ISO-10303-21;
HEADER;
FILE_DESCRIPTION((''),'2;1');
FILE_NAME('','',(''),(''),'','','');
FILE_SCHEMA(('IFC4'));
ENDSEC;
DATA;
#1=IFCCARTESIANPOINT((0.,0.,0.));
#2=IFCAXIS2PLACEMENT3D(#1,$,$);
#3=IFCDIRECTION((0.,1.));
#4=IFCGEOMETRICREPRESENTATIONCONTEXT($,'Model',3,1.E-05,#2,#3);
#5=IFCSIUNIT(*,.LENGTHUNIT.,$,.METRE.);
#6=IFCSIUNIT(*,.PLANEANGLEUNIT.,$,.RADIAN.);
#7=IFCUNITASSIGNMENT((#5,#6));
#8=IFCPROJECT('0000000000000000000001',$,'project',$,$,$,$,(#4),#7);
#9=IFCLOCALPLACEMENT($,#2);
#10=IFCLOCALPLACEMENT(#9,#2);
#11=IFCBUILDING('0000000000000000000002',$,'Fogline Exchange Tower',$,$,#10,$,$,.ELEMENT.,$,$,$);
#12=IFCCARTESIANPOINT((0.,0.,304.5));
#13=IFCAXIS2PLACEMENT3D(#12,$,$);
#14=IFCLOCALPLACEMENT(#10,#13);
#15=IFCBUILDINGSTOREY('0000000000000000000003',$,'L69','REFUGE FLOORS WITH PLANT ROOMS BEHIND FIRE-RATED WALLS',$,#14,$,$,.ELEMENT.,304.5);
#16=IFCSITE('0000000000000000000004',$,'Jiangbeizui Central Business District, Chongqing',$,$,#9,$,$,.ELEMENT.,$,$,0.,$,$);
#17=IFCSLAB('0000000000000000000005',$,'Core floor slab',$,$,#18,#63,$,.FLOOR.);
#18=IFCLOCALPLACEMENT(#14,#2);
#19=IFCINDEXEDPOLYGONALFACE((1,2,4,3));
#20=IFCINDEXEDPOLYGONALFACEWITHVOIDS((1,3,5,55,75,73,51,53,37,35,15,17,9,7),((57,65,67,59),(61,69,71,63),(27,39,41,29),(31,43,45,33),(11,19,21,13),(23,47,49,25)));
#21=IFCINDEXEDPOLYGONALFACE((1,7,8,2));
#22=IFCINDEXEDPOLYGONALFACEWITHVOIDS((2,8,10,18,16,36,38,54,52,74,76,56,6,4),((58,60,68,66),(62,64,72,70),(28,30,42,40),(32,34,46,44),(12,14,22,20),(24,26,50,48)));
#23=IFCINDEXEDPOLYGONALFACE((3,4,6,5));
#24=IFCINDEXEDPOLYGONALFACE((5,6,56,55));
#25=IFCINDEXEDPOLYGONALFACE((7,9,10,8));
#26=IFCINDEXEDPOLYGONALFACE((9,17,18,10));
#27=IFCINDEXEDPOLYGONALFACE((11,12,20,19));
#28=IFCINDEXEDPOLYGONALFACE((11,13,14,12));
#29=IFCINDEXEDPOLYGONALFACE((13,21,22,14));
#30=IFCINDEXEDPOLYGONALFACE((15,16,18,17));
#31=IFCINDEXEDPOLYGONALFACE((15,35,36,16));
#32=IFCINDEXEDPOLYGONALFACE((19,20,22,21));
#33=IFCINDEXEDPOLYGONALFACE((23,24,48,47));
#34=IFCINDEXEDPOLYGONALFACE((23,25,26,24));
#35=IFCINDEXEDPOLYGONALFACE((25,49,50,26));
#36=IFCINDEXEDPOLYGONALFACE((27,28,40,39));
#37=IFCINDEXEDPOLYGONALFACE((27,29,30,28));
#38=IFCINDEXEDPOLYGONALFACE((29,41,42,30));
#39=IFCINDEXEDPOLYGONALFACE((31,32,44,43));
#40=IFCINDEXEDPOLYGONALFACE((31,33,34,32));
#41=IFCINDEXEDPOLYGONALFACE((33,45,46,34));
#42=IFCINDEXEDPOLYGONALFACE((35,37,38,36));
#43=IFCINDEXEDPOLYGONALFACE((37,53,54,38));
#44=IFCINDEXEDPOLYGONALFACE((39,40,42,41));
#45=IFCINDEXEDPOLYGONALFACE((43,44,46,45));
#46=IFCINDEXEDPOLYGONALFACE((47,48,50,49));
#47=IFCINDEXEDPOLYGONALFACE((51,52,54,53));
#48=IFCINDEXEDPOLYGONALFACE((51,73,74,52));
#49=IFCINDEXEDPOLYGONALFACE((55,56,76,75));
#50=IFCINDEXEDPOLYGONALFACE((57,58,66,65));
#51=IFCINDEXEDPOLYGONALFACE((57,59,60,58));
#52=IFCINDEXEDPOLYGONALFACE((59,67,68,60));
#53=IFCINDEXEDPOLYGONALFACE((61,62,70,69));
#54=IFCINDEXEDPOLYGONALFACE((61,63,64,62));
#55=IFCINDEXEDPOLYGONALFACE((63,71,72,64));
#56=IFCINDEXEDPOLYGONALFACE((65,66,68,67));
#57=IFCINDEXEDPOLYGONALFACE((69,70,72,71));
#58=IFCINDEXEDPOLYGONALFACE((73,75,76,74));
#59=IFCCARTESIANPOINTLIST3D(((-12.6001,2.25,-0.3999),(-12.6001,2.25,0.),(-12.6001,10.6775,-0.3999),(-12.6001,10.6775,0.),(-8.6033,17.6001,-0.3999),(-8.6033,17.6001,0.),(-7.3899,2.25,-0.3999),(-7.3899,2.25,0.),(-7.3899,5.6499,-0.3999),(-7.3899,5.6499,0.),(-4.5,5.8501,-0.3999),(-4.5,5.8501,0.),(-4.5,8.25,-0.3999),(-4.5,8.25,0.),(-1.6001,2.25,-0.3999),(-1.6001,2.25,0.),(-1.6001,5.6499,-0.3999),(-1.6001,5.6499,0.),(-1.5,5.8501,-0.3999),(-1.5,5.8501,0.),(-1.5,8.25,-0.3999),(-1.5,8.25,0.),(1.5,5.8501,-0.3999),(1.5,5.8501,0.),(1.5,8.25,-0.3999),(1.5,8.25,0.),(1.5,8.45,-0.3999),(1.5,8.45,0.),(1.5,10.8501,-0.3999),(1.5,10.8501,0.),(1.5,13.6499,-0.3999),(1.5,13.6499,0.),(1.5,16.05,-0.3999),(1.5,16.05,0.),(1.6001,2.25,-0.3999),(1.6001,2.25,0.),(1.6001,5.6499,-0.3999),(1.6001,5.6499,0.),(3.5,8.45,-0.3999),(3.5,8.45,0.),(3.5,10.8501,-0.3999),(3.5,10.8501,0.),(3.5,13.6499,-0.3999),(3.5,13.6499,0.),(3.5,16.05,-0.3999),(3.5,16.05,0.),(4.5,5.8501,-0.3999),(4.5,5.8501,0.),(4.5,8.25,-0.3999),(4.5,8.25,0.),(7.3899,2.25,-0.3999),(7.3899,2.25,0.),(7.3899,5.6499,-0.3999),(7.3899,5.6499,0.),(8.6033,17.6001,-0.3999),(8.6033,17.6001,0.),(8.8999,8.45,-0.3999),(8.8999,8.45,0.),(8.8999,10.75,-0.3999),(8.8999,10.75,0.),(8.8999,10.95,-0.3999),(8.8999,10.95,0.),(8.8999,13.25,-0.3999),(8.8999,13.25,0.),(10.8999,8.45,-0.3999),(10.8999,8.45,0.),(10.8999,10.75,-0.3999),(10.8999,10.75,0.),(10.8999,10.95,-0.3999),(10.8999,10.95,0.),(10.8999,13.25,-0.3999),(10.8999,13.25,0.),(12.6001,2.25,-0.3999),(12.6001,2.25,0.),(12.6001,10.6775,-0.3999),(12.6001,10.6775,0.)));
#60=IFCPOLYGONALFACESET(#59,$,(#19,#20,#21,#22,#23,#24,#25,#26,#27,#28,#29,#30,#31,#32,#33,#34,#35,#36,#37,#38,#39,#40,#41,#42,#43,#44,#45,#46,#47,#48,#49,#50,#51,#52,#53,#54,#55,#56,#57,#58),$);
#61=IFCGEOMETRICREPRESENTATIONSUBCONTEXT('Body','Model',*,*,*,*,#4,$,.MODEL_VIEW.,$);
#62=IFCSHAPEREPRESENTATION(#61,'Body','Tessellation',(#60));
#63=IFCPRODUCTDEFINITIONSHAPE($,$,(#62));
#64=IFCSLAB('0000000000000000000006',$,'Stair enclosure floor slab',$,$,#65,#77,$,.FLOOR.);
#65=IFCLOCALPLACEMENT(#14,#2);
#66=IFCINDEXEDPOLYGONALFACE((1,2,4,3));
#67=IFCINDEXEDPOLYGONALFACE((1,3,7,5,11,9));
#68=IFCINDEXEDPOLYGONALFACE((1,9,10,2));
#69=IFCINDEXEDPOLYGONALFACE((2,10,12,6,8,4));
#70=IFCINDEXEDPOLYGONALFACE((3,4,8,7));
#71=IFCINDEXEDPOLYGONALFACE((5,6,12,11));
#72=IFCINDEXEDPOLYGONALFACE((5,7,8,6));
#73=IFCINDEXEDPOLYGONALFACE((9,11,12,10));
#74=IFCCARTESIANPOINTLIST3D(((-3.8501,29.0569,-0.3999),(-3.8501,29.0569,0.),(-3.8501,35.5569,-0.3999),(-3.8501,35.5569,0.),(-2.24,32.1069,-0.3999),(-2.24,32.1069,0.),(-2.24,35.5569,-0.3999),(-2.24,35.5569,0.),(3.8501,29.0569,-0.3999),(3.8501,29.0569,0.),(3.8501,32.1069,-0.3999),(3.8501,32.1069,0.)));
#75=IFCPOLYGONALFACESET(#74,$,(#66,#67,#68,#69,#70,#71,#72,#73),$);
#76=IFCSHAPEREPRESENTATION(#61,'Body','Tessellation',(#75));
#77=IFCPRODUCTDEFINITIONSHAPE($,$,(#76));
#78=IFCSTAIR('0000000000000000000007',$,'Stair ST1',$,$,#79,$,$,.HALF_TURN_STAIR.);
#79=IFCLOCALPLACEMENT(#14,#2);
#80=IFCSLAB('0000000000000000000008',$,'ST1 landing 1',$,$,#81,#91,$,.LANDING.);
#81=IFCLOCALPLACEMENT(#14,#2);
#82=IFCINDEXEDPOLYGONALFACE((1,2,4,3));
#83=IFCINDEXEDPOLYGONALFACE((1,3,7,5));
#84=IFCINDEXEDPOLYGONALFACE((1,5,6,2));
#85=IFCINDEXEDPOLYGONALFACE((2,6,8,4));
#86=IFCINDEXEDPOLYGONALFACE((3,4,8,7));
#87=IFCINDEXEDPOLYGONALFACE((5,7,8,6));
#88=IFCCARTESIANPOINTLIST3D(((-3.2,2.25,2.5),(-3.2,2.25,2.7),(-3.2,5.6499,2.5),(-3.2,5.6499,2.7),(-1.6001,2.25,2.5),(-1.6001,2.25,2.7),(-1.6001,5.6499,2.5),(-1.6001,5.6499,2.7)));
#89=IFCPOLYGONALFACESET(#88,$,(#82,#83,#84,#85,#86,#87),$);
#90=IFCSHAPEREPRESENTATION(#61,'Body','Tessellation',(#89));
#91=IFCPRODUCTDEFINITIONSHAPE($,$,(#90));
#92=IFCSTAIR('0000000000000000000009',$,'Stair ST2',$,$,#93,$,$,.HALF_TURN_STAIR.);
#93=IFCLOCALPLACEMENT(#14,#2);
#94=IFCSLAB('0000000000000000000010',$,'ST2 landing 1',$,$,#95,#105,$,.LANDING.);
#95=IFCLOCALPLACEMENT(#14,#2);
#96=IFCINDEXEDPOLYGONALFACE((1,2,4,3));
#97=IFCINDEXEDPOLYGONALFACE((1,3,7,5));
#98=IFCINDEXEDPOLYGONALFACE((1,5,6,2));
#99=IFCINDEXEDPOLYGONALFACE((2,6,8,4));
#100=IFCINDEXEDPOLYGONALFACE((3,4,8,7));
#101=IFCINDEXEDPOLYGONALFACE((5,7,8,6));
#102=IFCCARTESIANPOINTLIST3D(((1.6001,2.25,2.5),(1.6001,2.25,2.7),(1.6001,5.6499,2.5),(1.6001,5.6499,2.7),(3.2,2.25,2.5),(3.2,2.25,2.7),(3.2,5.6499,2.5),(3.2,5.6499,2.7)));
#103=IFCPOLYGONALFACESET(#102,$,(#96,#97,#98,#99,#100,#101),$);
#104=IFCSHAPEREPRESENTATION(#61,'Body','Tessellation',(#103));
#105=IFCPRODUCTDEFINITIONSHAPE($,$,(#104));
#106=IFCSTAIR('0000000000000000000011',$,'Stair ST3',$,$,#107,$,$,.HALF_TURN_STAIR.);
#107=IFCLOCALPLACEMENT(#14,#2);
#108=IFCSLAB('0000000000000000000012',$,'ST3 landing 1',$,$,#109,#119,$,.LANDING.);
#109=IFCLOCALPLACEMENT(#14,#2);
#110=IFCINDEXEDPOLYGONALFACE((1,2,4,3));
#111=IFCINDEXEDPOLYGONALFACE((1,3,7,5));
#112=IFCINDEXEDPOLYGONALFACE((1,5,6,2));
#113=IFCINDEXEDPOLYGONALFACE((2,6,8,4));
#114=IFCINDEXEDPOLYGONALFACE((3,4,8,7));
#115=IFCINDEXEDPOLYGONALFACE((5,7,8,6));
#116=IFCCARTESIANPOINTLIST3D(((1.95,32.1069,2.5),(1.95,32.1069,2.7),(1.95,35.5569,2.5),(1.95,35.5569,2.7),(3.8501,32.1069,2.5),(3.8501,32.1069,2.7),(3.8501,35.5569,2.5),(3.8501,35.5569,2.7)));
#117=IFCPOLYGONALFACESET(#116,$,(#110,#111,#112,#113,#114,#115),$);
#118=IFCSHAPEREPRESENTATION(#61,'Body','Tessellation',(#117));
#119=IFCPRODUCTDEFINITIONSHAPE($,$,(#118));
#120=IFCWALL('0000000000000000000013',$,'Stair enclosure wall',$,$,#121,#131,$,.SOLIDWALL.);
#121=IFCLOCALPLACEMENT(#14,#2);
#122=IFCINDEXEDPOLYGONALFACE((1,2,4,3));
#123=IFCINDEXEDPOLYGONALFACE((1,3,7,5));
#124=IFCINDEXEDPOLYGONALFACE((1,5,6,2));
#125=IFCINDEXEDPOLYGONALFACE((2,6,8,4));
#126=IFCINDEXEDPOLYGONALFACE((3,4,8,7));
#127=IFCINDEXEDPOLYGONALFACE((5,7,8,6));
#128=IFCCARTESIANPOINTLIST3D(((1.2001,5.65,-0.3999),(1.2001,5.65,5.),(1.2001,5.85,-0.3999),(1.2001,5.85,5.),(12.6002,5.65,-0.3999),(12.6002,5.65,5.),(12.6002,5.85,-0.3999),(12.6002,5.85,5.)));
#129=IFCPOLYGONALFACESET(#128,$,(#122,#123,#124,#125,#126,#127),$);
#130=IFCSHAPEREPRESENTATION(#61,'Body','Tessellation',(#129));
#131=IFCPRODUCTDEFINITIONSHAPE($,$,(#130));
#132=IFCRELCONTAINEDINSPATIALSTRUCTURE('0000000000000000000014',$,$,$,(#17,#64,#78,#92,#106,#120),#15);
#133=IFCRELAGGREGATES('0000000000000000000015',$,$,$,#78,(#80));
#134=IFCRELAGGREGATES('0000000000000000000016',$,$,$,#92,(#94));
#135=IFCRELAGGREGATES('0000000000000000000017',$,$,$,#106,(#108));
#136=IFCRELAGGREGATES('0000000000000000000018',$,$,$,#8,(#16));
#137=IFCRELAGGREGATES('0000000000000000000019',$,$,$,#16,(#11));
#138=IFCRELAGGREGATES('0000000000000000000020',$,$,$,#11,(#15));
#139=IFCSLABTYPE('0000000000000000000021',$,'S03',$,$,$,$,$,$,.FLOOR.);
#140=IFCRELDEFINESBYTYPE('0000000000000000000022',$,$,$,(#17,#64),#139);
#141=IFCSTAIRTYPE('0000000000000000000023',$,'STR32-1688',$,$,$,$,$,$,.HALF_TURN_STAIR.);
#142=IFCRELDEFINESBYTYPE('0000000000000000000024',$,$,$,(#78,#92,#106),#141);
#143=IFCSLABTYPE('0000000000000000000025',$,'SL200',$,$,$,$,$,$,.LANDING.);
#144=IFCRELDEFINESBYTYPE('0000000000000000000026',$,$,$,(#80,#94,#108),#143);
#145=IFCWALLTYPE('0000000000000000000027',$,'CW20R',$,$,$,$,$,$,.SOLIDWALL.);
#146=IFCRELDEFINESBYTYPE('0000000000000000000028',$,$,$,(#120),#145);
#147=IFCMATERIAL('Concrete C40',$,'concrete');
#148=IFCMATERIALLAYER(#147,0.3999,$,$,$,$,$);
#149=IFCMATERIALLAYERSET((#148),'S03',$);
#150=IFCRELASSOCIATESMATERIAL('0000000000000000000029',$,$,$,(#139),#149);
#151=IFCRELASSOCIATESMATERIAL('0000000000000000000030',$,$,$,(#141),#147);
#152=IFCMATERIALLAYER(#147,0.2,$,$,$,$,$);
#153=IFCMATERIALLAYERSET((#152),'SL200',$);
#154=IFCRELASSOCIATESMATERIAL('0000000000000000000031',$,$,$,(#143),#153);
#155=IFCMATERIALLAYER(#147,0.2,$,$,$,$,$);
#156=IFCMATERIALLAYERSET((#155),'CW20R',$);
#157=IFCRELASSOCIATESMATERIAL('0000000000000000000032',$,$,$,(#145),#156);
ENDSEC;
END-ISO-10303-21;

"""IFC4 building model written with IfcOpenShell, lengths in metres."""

from ifc_helpers import new_model, si_unit, direction, frame, frame_2d, origin, place, context, subcontext, project, spatial, polyline, rectangle, outline, extrude, material, layer, layer_set, type_object, element, aggregate, save


model = new_model("IFC4")

# Units and contexts
model_context = context("Model", 3, precision=1e-05, world=origin(), true_north=direction((0.0, 1.0)))
body_context = subcontext(model_context, "Body", "Model", "MODEL_VIEW")
ifc_project = project(units=[si_unit("LENGTHUNIT", "METRE"), si_unit("PLANEANGLEUNIT", "RADIAN")], contexts=[model_context])

# Site, building, storey
site_placement = place(None, origin())
site = spatial("IfcSite", under=ifc_project, at=site_placement, Name="Jiangbeizui Central Business District, Chongqing", CompositionType="ELEMENT", RefElevation=0.0)
building_placement = place(site_placement, origin())
building = spatial("IfcBuilding", under=site, at=building_placement, Name="Fogline Exchange Tower", CompositionType="ELEMENT")
storey_placement = place(building_placement, frame((0.0, 0.0, 304.5)))
storey = spatial("IfcBuildingStorey", under=building, at=storey_placement, Name="L69", Description="REFUGE FLOORS WITH PLANT ROOMS BEHIND FIRE-RATED WALLS", CompositionType="ELEMENT", Elevation=304.5)

# Slabs
ifc_material_1 = material(Name="Concrete C40", Category="concrete")
ifc_layer_1 = layer(ifc_material_1, 0.3999)
ifc_layer_set_1 = layer_set([ifc_layer_1], Name="S03")
slab_type_1 = type_object("IfcSlabType", Name="S03", PredefinedType="FLOOR", material=ifc_layer_set_1)
slab_1_placement = place(storey_placement, frame((0.0, 0.0, -0.3999)))
element("IfcSlab", 1, at=slab_1_placement, inside=storey, type_object=slab_type_1, Name="Core floor slab", PredefinedType="FLOOR", context=body_context, shape_type="SweptSolid", body=[
    extrude(outline(polyline([(-12.6001, 2.25), (-12.6001, 10.6775), (-8.6033, 17.6001), (8.6033, 17.6001), (12.6001, 10.6775), (12.6001, 2.25), (7.3899, 2.25), (7.3899, 5.6499), (1.6001, 5.6499), (1.6001, 2.25), (-1.6001, 2.25), (-1.6001, 5.6499), (-7.3899, 5.6499), (-7.3899, 2.25), (-12.6001, 2.25)]), holes=[polyline([(-4.5, 8.25), (-4.5, 5.8501), (-1.5, 5.8501), (-1.5, 8.25), (-4.5, 8.25)]), polyline([(1.5, 8.25), (1.5, 5.8501), (4.5, 5.8501), (4.5, 8.25), (1.5, 8.25)]), polyline([(8.8999, 10.75), (8.8999, 8.45), (10.8999, 8.45), (10.8999, 10.75), (8.8999, 10.75)]), polyline([(1.5, 10.8501), (1.5, 8.45), (3.5, 8.45), (3.5, 10.8501), (1.5, 10.8501)]), polyline([(8.8999, 13.25), (8.8999, 10.95), (10.8999, 10.95), (10.8999, 13.25), (8.8999, 13.25)]), polyline([(1.5, 16.05), (1.5, 13.6499), (3.5, 13.6499), (3.5, 16.05), (1.5, 16.05)])]), origin(), (0.0, 0.0, 1.0), 0.3999),
])
slab_2_placement = place(storey_placement, frame((0.0, 0.0, -0.3999)))
element("IfcSlab", 2, at=slab_2_placement, inside=storey, type_object=slab_type_1, Name="Stair enclosure floor slab", PredefinedType="FLOOR", context=body_context, shape_type="SweptSolid", body=[
    extrude(outline(polyline([(3.8501, 29.0569), (-3.8501, 29.0569), (-3.8501, 35.5569), (-2.24, 35.5569), (-2.24, 32.1069), (3.8501, 32.1069), (3.8501, 29.0569)])), origin(), (0.0, 0.0, 1.0), 0.3999),
])

# Stairs, slabs
stair_type = type_object("IfcStairType", Name="STR32-1688", PredefinedType="HALF_TURN_STAIR", material=ifc_material_1)
stair_1_placement = place(storey_placement, origin())
stair_1 = element("IfcStair", 3, at=stair_1_placement, inside=storey, type_object=stair_type, Name="Stair ST1", PredefinedType="HALF_TURN_STAIR")
ifc_layer_2 = layer(ifc_material_1, 0.2)
ifc_layer_set_2 = layer_set([ifc_layer_2], Name="SL200")
slab_type_2 = type_object("IfcSlabType", Name="SL200", PredefinedType="LANDING", material=ifc_layer_set_2)
slab_3_placement = place(storey_placement, frame((0.0, 0.0, 2.5)))
slab_3 = element("IfcSlab", 4, at=slab_3_placement, type_object=slab_type_2, Name="ST1 landing 1", PredefinedType="LANDING", context=body_context, shape_type="SweptSolid", body=[
    extrude(outline(polyline([(-3.2, 2.25), (-1.6001, 2.25), (-1.6001, 5.6499), (-3.2, 5.6499), (-3.2, 2.25)])), origin(), (0.0, 0.0, 1.0), 0.2),
])
aggregate(stair_1, [slab_3])
stair_2_placement = place(storey_placement, origin())
stair_2 = element("IfcStair", 5, at=stair_2_placement, inside=storey, type_object=stair_type, Name="Stair ST2", PredefinedType="HALF_TURN_STAIR")
slab_4_placement = place(storey_placement, frame((0.0, 0.0, 2.5)))
slab_4 = element("IfcSlab", 6, at=slab_4_placement, type_object=slab_type_2, Name="ST2 landing 1", PredefinedType="LANDING", context=body_context, shape_type="SweptSolid", body=[
    extrude(outline(polyline([(1.6001, 2.25), (3.2, 2.25), (3.2, 5.6499), (1.6001, 5.6499), (1.6001, 2.25)])), origin(), (0.0, 0.0, 1.0), 0.2),
])
aggregate(stair_2, [slab_4])
stair_3_placement = place(storey_placement, origin())
stair_3 = element("IfcStair", 7, at=stair_3_placement, inside=storey, type_object=stair_type, Name="Stair ST3", PredefinedType="HALF_TURN_STAIR")
slab_5_placement = place(storey_placement, frame((0.0, 0.0, 2.5)))
slab_5 = element("IfcSlab", 8, at=slab_5_placement, type_object=slab_type_2, Name="ST3 landing 1", PredefinedType="LANDING", context=body_context, shape_type="SweptSolid", body=[
    extrude(outline(polyline([(1.95, 32.1069), (3.8501, 32.1069), (3.8501, 35.5569), (1.95, 35.5569), (1.95, 32.1069)])), origin(), (0.0, 0.0, 1.0), 0.2),
])
aggregate(stair_3, [slab_5])

# Wall
ifc_layer_3 = layer(ifc_material_1, 0.2)
ifc_layer_set_3 = layer_set([ifc_layer_3], Name="CW20R")
wall_type_1 = type_object("IfcWallType", Name="CW20R", PredefinedType="SOLIDWALL", material=ifc_layer_set_3)
wall_1_placement = place(storey_placement, frame((1.2, 5.75, -0.3999), z_axis=(0.0, 0.0, 1.0), x_axis=(1.0, 0.0, 0.0)))
element("IfcWall", 9, at=wall_1_placement, inside=storey, type_object=wall_type_1, Name="Stair enclosure wall", PredefinedType="SOLIDWALL", context=body_context, shape_type="SweptSolid", body=[
    extrude(rectangle(XDim=11.4001, YDim=0.2, at=frame_2d((5.7002, 0.0))), origin(), (0.0, 0.0, 1.0), 5.3999),
])

save(model, "model.ifc")
